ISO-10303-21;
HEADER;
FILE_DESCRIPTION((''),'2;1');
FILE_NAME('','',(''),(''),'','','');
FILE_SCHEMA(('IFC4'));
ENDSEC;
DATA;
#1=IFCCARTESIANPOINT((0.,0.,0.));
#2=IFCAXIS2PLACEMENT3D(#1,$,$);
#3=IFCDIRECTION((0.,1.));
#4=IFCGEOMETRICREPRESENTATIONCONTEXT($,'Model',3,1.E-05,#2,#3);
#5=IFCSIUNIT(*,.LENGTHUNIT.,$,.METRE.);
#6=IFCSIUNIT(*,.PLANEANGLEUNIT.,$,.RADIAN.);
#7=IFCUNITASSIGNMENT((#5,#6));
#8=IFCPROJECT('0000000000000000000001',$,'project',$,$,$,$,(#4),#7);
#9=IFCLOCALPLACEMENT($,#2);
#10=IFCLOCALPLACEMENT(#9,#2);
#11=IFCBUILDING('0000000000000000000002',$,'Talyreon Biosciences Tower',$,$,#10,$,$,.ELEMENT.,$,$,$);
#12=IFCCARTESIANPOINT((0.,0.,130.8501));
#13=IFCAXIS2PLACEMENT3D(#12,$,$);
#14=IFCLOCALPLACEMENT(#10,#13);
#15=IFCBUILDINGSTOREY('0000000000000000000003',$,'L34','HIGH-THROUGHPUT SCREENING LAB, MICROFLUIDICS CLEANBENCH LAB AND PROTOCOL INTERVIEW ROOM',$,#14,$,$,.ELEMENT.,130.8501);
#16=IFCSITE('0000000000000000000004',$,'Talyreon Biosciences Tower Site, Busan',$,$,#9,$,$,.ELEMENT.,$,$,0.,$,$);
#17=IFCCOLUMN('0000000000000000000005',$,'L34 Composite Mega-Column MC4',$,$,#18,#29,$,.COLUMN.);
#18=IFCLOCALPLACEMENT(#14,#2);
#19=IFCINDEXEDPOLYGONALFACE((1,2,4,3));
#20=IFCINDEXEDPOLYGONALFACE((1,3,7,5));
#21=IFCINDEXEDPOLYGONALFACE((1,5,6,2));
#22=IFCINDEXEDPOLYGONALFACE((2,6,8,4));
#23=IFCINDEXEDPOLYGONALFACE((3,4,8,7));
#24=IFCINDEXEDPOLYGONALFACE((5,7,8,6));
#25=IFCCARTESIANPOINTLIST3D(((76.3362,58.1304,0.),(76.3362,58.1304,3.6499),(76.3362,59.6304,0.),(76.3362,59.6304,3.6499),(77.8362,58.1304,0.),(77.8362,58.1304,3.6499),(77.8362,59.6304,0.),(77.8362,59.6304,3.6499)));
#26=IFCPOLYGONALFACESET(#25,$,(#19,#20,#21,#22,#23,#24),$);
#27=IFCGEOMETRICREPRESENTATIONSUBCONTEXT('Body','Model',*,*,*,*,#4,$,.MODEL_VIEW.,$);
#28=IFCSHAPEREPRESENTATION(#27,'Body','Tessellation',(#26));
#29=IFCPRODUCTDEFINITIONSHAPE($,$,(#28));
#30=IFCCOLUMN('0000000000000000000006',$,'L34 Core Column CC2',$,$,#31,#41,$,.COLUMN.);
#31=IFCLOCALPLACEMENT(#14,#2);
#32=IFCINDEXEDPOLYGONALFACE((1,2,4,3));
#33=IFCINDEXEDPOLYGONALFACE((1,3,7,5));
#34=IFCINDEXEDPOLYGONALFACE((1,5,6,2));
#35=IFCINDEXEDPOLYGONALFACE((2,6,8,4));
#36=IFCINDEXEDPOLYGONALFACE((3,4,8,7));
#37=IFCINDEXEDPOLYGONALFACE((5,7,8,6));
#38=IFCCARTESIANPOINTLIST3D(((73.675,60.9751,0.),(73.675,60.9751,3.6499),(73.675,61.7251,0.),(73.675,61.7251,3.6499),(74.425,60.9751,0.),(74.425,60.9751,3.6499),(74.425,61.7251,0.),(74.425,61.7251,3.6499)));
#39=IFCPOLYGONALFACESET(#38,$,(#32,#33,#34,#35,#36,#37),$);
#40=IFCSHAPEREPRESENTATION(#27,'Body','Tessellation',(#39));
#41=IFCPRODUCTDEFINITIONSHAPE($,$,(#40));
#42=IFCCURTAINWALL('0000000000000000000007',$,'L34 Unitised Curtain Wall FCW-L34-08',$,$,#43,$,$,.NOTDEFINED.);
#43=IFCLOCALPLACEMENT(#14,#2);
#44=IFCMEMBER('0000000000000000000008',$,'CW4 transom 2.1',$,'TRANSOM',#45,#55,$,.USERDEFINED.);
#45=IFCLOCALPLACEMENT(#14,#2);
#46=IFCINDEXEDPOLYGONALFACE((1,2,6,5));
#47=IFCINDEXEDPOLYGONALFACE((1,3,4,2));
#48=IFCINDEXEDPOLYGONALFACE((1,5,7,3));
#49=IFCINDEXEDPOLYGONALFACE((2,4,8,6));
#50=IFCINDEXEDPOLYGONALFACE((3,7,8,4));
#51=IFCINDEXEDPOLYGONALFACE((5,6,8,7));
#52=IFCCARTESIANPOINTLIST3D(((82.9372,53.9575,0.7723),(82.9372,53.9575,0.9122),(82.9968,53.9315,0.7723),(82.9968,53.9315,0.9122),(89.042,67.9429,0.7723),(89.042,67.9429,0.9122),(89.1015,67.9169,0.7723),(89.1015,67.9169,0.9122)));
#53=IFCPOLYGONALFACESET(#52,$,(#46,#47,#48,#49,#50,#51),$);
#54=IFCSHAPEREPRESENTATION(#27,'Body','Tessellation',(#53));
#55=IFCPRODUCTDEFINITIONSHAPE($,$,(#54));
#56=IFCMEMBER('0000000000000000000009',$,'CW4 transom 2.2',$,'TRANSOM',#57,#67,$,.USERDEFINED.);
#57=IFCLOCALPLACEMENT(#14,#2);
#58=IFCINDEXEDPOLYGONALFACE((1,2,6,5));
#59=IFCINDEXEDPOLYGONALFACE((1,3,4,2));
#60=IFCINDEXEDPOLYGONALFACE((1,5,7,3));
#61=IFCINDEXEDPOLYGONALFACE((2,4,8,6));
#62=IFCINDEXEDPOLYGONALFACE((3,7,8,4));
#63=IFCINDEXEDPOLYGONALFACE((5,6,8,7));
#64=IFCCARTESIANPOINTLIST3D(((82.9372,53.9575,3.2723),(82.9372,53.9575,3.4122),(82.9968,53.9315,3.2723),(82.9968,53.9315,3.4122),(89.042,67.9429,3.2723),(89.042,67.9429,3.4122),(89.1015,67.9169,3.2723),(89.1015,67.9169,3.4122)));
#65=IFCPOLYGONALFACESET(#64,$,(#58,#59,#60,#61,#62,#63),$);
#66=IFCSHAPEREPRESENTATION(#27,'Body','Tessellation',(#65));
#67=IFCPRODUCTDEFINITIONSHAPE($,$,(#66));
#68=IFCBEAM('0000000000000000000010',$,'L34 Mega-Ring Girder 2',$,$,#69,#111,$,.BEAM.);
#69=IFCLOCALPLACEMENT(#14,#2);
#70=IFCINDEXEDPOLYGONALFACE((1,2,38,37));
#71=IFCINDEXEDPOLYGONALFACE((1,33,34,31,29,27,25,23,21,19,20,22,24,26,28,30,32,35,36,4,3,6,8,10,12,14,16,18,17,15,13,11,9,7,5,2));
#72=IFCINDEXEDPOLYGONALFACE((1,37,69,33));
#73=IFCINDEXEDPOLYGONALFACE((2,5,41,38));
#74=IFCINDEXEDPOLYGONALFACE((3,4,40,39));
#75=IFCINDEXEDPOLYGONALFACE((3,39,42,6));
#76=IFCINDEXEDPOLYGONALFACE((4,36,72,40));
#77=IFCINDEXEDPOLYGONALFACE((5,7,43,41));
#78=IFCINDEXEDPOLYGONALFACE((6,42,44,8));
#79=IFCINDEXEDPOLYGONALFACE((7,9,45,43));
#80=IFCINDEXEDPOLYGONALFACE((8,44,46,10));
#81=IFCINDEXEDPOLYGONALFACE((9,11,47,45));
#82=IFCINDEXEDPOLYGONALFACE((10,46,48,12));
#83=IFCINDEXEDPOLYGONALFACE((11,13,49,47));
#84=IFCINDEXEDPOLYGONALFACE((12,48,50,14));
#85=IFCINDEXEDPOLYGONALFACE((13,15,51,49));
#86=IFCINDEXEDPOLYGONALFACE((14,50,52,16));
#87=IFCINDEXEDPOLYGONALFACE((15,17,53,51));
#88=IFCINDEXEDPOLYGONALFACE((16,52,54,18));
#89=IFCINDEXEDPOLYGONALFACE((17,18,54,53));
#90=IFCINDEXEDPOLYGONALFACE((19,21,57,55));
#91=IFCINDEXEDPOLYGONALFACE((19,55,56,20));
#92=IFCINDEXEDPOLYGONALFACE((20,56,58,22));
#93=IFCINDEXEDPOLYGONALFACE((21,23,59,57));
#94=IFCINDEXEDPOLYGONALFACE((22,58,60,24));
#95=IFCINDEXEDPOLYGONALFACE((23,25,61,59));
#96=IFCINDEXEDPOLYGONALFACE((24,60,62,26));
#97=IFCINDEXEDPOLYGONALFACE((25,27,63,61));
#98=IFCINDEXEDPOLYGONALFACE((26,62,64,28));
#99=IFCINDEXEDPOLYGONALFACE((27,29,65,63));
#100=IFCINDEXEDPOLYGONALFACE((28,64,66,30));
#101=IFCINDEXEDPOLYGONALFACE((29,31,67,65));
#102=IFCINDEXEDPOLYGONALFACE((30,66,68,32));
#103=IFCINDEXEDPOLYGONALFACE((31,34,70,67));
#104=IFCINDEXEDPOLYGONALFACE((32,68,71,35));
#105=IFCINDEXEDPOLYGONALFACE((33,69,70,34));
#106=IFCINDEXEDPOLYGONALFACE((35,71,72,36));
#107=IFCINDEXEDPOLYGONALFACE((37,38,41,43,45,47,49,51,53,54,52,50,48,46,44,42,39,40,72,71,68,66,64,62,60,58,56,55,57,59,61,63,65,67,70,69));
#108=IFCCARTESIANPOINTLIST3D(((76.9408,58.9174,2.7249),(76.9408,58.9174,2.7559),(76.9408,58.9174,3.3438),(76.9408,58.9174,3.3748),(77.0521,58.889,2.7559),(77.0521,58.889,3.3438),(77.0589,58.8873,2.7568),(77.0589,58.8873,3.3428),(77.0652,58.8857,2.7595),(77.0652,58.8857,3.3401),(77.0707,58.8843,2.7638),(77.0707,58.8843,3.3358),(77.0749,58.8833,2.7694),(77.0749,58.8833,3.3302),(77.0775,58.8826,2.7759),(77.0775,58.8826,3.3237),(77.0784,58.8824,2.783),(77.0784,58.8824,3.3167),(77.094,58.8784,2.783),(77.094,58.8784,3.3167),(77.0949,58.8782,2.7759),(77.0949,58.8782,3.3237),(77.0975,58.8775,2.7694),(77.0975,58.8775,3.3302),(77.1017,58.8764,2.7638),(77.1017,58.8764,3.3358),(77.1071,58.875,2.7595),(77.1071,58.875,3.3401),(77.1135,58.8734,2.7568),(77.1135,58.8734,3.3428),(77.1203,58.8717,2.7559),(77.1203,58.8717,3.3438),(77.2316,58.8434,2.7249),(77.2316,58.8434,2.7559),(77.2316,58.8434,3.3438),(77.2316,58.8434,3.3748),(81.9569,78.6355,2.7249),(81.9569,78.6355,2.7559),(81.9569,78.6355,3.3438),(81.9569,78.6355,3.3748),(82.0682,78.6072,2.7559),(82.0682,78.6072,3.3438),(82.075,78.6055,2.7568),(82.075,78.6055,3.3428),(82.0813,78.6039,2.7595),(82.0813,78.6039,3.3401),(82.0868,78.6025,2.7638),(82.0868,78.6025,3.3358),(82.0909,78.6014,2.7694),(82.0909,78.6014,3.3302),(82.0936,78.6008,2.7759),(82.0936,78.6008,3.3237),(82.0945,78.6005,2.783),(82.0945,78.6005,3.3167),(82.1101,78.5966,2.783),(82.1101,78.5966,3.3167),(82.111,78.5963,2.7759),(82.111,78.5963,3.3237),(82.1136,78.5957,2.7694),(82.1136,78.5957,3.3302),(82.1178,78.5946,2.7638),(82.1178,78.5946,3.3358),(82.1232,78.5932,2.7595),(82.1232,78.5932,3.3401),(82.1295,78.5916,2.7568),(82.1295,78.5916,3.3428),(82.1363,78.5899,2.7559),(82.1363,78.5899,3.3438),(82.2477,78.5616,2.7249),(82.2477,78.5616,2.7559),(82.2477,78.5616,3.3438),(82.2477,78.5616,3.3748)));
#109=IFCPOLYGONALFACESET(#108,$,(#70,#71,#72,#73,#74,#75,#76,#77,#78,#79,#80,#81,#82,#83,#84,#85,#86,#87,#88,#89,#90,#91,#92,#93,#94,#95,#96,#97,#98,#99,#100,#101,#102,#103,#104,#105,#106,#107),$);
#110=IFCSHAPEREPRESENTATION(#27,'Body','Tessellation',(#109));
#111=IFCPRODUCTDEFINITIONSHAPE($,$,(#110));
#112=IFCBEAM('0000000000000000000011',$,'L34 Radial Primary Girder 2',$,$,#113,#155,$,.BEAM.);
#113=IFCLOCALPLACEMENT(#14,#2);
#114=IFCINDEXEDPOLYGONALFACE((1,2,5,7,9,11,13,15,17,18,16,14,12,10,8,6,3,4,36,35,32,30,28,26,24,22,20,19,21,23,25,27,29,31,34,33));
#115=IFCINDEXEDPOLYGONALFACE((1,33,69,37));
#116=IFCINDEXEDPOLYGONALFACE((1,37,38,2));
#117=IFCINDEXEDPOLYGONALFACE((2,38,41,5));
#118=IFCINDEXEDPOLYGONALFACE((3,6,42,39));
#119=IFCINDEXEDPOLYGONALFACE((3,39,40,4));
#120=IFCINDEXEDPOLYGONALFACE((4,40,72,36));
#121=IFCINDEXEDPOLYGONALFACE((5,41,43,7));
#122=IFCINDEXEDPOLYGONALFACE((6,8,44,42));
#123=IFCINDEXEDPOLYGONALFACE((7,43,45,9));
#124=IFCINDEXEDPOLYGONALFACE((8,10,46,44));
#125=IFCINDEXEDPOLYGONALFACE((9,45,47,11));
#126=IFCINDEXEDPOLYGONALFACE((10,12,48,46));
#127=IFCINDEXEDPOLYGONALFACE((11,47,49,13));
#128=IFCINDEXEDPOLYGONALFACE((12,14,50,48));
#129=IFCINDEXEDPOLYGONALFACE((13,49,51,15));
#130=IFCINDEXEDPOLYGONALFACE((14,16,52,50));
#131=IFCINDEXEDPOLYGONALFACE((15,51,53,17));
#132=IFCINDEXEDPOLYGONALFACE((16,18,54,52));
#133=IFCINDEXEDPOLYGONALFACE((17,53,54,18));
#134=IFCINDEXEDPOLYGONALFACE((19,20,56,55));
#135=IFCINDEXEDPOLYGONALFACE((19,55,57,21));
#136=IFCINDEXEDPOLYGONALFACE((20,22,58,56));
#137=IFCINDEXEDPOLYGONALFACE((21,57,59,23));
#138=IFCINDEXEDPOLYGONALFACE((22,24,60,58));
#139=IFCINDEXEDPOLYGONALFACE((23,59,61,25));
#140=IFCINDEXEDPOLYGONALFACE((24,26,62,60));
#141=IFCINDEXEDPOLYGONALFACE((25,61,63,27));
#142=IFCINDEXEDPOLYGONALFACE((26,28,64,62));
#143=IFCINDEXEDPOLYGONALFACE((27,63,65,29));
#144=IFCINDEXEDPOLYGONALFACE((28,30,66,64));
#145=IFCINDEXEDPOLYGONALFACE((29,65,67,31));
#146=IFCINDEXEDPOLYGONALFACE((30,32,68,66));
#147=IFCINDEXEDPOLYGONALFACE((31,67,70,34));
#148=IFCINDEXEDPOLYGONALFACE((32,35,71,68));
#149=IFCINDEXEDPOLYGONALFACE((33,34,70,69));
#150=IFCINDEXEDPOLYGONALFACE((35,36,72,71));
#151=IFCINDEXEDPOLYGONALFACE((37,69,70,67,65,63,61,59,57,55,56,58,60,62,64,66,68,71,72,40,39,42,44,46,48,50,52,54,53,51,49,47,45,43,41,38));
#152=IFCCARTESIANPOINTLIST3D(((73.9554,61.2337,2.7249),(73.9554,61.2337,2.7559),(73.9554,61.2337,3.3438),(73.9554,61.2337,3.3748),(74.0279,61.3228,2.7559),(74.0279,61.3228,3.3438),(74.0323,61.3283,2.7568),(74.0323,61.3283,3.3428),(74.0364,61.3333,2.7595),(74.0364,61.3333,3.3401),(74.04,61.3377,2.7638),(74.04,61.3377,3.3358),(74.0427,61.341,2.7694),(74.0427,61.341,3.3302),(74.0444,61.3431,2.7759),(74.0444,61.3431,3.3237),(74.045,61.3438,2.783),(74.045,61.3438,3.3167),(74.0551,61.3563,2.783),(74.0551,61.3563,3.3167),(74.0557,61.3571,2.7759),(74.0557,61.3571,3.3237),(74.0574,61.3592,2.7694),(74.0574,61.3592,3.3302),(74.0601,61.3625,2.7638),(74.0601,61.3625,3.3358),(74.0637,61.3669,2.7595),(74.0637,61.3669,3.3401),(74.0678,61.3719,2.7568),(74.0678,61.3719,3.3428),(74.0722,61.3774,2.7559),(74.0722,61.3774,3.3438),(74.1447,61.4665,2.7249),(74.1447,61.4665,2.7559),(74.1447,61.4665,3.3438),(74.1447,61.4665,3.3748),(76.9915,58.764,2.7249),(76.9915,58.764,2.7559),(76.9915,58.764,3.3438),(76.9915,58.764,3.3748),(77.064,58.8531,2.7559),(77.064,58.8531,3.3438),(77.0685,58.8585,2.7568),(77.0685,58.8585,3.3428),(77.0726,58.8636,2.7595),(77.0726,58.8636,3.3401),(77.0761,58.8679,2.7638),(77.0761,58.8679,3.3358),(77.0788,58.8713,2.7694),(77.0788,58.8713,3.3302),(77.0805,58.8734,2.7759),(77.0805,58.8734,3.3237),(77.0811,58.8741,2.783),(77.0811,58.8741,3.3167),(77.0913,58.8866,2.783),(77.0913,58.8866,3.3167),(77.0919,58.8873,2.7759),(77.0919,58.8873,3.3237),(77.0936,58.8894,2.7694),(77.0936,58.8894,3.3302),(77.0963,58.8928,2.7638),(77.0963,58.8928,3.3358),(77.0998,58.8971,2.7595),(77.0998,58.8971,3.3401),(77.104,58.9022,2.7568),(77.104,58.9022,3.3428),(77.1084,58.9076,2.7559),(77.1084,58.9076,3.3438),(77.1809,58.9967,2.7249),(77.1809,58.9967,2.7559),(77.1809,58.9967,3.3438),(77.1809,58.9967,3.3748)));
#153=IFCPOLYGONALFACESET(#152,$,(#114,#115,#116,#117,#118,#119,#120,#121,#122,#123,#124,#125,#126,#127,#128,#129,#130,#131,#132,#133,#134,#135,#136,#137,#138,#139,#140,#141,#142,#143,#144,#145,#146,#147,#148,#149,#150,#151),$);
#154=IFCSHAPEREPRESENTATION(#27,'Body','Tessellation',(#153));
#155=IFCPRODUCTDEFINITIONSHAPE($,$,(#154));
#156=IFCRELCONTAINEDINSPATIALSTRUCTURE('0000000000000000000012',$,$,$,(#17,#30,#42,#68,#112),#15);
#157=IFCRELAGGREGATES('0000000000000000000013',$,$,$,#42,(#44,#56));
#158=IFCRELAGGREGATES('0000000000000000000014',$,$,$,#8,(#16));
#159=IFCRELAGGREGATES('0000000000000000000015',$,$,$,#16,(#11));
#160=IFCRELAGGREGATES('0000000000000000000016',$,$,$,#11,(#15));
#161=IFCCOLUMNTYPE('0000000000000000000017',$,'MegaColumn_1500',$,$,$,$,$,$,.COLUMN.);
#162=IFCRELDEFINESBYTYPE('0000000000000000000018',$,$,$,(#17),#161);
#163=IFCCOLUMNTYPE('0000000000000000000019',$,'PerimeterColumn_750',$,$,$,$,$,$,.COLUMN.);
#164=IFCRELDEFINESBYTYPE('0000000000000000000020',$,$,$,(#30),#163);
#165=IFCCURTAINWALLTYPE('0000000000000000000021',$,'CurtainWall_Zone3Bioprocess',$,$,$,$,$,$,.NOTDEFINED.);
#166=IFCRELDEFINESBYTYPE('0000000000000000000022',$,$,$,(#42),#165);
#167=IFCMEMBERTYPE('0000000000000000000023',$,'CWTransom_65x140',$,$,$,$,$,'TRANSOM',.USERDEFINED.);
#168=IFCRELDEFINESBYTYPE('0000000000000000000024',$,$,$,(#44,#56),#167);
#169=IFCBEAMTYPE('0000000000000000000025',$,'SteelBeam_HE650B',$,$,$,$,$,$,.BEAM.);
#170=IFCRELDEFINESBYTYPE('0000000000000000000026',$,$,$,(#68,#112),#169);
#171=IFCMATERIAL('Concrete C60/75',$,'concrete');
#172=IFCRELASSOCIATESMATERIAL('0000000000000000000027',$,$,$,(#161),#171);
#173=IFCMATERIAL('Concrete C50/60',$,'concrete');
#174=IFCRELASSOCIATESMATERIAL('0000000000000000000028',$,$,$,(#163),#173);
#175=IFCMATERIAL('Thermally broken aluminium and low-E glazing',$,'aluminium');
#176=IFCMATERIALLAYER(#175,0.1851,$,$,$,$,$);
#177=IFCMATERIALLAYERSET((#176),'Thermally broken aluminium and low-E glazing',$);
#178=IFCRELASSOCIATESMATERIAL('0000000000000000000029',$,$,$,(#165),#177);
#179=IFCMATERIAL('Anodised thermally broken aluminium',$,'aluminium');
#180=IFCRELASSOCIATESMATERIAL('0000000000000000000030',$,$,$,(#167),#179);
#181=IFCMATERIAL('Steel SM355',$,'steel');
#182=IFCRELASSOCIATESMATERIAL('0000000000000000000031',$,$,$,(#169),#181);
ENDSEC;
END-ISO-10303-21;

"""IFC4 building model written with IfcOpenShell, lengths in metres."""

from ifc_helpers import new_model, si_unit, direction, frame, origin, origin_2d, place, context, subcontext, project, spatial, rectangle, i_section, extrude, material, layer, layer_set, material_profile, profile_set, type_object, element, aggregate, save


model = new_model("IFC4")

# Units and contexts
model_context = context("Model", 3, precision=1e-05, world=origin(), true_north=direction((0.0, 1.0)))
body_context = subcontext(model_context, "Body", "Model", "MODEL_VIEW")
ifc_project = project(units=[si_unit("LENGTHUNIT", "METRE"), si_unit("PLANEANGLEUNIT", "RADIAN")], contexts=[model_context])

# Site, building, storey
site_placement = place(None, origin())
site = spatial("IfcSite", under=ifc_project, at=site_placement, Name="Talyreon Biosciences Tower Site, Busan", CompositionType="ELEMENT", RefElevation=0.0)
building_placement = place(site_placement, origin())
building = spatial("IfcBuilding", under=site, at=building_placement, Name="Talyreon Biosciences Tower", CompositionType="ELEMENT")
storey_placement = place(building_placement, frame((0.0, 0.0, 130.8501)))
storey = spatial("IfcBuildingStorey", under=building, at=storey_placement, Name="L34", Description="HIGH-THROUGHPUT SCREENING LAB, MICROFLUIDICS CLEANBENCH LAB AND PROTOCOL INTERVIEW ROOM", CompositionType="ELEMENT", Elevation=130.8501)

# Columns
ifc_material_1 = material(Name="Concrete C60/75", Category="concrete")
ifc_material_profile_1 = material_profile(ifc_material_1, rectangle(XDim=1.5, YDim=1.5, at=origin_2d()), Name="RC 1500x1500")
ifc_profile_set_1 = profile_set([ifc_material_profile_1], Name="Concrete C60/75")
column_type_1 = type_object("IfcColumnType", Name="MegaColumn_1500", PredefinedType="COLUMN", material=ifc_profile_set_1)
column_1_placement = place(storey_placement, frame((77.0862, 58.8804, 0.0), z_axis=(0.0, 0.0, 1.0), x_axis=(1.0, 0.0, 0.0)))
element("IfcColumn", 1, at=column_1_placement, inside=storey, type_object=column_type_1, Name="L34 Composite Mega-Column MC4", PredefinedType="COLUMN", context=body_context, shape_type="SweptSolid", body=[
    extrude(rectangle(XDim=1.5, YDim=1.5, at=origin_2d()), origin(), (0.0, 0.0, 1.0), 3.6499),
])
ifc_material_2 = material(Name="Concrete C50/60", Category="concrete")
ifc_material_profile_2 = material_profile(ifc_material_2, rectangle(XDim=0.75, YDim=0.75, at=origin_2d()), Name="RC 750x750")
ifc_profile_set_2 = profile_set([ifc_material_profile_2], Name="Concrete C50/60")
column_type_2 = type_object("IfcColumnType", Name="PerimeterColumn_750", PredefinedType="COLUMN", material=ifc_profile_set_2)
column_2_placement = place(storey_placement, frame((74.05, 61.3501, 0.0), z_axis=(0.0, 0.0, 1.0), x_axis=(1.0, 0.0, 0.0)))
element("IfcColumn", 2, at=column_2_placement, inside=storey, type_object=column_type_2, Name="L34 Core Column CC2", PredefinedType="COLUMN", context=body_context, shape_type="SweptSolid", body=[
    extrude(rectangle(XDim=0.75, YDim=0.75, at=origin_2d()), origin(), (0.0, 0.0, 1.0), 3.6499),
])

# Curtain wall, members
ifc_material_3 = material(Name="Thermally broken aluminium and low-E glazing", Category="aluminium")
ifc_layer_1 = layer(ifc_material_3, 0.1851)
ifc_layer_set_1 = layer_set([ifc_layer_1], Name="Thermally broken aluminium and low-E glazing")
curtain_wall_type = type_object("IfcCurtainWallType", Name="CurtainWall_Zone3Bioprocess", PredefinedType="NOTDEFINED", material=ifc_layer_set_1)
curtain_wall_placement = place(storey_placement, origin())
curtain_wall = element("IfcCurtainWall", 3, at=curtain_wall_placement, inside=storey, type_object=curtain_wall_type, Name="L34 Unitised Curtain Wall FCW-L34-08", PredefinedType="NOTDEFINED")
ifc_material_4 = material(Name="Anodised thermally broken aluminium", Category="aluminium")
ifc_material_profile_3 = material_profile(ifc_material_4, rectangle(XDim=0.0649, YDim=0.1399, at=origin_2d()), Name="ALUM TRANSOM 65x140")
ifc_profile_set_3 = profile_set([ifc_material_profile_3], Name="Anodised thermally broken aluminium")
member_type = type_object("IfcMemberType", Name="CWTransom_65x140", ElementType="TRANSOM", PredefinedType="USERDEFINED", material=ifc_profile_set_3)
member_1_placement = place(storey_placement, frame((89.0718, 67.9299, 0.8423), z_axis=(-0.400057, -0.91649, 0.0), x_axis=(0.91649, -0.400057, 0.0)))
member_1 = element("IfcMember", 4, at=member_1_placement, type_object=member_type, Name="CW4 transom 2.1", ObjectType="TRANSOM", PredefinedType="USERDEFINED", context=body_context, shape_type="SweptSolid", body=[
    extrude(rectangle(XDim=0.0649, YDim=0.1399, at=origin_2d()), origin(), (0.0, 0.0, 1.0), 15.2598),
])
member_2_placement = place(storey_placement, frame((89.0718, 67.9299, 3.3423), z_axis=(-0.400057, -0.91649, 0.0), x_axis=(0.91649, -0.400057, 0.0)))
member_2 = element("IfcMember", 5, at=member_2_placement, type_object=member_type, Name="CW4 transom 2.2", ObjectType="TRANSOM", PredefinedType="USERDEFINED", context=body_context, shape_type="SweptSolid", body=[
    extrude(rectangle(XDim=0.0649, YDim=0.1399, at=origin_2d()), origin(), (0.0, 0.0, 1.0), 15.2598),
])

# Beams
ifc_material_5 = material(Name="Steel SM355", Category="steel")
ifc_material_profile_4 = material_profile(ifc_material_5, i_section(OverallWidth=0.3, OverallDepth=0.6499, WebThickness=0.0161, FlangeThickness=0.031, FilletRadius=0.0271, at=origin_2d()), Name="HE650B")
ifc_profile_set_4 = profile_set([ifc_material_profile_4], Name="Steel SM355")
beam_type_1 = type_object("IfcBeamType", Name="SteelBeam_HE650B", PredefinedType="BEAM", material=ifc_profile_set_4)
beam_1_placement = place(storey_placement, frame((77.0862, 58.8804, 3.0498), z_axis=(0.246537, 0.969133, 0.0), x_axis=(-0.969133, 0.246537, 0.0)))
element("IfcBeam", 6, at=beam_1_placement, inside=storey, type_object=beam_type_1, Name="L34 Mega-Ring Girder 2", PredefinedType="BEAM", context=body_context, shape_type="SweptSolid", body=[
    extrude(i_section(OverallWidth=0.3, OverallDepth=0.6499, WebThickness=0.0161, FlangeThickness=0.031, FilletRadius=0.0271, at=origin_2d()), origin(), (0.0, 0.0, 1.0), 20.3462),
])
beam_2_placement = place(storey_placement, frame((74.05, 61.3501, 3.0498), z_axis=(0.775755, -0.631034, 0.0), x_axis=(0.631034, 0.775755, 0.0)))
element("IfcBeam", 7, at=beam_2_placement, inside=storey, type_object=beam_type_1, Name="L34 Radial Primary Girder 2", PredefinedType="BEAM", context=body_context, shape_type="SweptSolid", body=[
    extrude(i_section(OverallWidth=0.3, OverallDepth=0.6499, WebThickness=0.0161, FlangeThickness=0.031, FilletRadius=0.0271, at=origin_2d()), origin(), (0.0, 0.0, 1.0), 3.9138),
])

aggregate(curtain_wall, [member_1, member_2])

save(model, "model.ifc")
